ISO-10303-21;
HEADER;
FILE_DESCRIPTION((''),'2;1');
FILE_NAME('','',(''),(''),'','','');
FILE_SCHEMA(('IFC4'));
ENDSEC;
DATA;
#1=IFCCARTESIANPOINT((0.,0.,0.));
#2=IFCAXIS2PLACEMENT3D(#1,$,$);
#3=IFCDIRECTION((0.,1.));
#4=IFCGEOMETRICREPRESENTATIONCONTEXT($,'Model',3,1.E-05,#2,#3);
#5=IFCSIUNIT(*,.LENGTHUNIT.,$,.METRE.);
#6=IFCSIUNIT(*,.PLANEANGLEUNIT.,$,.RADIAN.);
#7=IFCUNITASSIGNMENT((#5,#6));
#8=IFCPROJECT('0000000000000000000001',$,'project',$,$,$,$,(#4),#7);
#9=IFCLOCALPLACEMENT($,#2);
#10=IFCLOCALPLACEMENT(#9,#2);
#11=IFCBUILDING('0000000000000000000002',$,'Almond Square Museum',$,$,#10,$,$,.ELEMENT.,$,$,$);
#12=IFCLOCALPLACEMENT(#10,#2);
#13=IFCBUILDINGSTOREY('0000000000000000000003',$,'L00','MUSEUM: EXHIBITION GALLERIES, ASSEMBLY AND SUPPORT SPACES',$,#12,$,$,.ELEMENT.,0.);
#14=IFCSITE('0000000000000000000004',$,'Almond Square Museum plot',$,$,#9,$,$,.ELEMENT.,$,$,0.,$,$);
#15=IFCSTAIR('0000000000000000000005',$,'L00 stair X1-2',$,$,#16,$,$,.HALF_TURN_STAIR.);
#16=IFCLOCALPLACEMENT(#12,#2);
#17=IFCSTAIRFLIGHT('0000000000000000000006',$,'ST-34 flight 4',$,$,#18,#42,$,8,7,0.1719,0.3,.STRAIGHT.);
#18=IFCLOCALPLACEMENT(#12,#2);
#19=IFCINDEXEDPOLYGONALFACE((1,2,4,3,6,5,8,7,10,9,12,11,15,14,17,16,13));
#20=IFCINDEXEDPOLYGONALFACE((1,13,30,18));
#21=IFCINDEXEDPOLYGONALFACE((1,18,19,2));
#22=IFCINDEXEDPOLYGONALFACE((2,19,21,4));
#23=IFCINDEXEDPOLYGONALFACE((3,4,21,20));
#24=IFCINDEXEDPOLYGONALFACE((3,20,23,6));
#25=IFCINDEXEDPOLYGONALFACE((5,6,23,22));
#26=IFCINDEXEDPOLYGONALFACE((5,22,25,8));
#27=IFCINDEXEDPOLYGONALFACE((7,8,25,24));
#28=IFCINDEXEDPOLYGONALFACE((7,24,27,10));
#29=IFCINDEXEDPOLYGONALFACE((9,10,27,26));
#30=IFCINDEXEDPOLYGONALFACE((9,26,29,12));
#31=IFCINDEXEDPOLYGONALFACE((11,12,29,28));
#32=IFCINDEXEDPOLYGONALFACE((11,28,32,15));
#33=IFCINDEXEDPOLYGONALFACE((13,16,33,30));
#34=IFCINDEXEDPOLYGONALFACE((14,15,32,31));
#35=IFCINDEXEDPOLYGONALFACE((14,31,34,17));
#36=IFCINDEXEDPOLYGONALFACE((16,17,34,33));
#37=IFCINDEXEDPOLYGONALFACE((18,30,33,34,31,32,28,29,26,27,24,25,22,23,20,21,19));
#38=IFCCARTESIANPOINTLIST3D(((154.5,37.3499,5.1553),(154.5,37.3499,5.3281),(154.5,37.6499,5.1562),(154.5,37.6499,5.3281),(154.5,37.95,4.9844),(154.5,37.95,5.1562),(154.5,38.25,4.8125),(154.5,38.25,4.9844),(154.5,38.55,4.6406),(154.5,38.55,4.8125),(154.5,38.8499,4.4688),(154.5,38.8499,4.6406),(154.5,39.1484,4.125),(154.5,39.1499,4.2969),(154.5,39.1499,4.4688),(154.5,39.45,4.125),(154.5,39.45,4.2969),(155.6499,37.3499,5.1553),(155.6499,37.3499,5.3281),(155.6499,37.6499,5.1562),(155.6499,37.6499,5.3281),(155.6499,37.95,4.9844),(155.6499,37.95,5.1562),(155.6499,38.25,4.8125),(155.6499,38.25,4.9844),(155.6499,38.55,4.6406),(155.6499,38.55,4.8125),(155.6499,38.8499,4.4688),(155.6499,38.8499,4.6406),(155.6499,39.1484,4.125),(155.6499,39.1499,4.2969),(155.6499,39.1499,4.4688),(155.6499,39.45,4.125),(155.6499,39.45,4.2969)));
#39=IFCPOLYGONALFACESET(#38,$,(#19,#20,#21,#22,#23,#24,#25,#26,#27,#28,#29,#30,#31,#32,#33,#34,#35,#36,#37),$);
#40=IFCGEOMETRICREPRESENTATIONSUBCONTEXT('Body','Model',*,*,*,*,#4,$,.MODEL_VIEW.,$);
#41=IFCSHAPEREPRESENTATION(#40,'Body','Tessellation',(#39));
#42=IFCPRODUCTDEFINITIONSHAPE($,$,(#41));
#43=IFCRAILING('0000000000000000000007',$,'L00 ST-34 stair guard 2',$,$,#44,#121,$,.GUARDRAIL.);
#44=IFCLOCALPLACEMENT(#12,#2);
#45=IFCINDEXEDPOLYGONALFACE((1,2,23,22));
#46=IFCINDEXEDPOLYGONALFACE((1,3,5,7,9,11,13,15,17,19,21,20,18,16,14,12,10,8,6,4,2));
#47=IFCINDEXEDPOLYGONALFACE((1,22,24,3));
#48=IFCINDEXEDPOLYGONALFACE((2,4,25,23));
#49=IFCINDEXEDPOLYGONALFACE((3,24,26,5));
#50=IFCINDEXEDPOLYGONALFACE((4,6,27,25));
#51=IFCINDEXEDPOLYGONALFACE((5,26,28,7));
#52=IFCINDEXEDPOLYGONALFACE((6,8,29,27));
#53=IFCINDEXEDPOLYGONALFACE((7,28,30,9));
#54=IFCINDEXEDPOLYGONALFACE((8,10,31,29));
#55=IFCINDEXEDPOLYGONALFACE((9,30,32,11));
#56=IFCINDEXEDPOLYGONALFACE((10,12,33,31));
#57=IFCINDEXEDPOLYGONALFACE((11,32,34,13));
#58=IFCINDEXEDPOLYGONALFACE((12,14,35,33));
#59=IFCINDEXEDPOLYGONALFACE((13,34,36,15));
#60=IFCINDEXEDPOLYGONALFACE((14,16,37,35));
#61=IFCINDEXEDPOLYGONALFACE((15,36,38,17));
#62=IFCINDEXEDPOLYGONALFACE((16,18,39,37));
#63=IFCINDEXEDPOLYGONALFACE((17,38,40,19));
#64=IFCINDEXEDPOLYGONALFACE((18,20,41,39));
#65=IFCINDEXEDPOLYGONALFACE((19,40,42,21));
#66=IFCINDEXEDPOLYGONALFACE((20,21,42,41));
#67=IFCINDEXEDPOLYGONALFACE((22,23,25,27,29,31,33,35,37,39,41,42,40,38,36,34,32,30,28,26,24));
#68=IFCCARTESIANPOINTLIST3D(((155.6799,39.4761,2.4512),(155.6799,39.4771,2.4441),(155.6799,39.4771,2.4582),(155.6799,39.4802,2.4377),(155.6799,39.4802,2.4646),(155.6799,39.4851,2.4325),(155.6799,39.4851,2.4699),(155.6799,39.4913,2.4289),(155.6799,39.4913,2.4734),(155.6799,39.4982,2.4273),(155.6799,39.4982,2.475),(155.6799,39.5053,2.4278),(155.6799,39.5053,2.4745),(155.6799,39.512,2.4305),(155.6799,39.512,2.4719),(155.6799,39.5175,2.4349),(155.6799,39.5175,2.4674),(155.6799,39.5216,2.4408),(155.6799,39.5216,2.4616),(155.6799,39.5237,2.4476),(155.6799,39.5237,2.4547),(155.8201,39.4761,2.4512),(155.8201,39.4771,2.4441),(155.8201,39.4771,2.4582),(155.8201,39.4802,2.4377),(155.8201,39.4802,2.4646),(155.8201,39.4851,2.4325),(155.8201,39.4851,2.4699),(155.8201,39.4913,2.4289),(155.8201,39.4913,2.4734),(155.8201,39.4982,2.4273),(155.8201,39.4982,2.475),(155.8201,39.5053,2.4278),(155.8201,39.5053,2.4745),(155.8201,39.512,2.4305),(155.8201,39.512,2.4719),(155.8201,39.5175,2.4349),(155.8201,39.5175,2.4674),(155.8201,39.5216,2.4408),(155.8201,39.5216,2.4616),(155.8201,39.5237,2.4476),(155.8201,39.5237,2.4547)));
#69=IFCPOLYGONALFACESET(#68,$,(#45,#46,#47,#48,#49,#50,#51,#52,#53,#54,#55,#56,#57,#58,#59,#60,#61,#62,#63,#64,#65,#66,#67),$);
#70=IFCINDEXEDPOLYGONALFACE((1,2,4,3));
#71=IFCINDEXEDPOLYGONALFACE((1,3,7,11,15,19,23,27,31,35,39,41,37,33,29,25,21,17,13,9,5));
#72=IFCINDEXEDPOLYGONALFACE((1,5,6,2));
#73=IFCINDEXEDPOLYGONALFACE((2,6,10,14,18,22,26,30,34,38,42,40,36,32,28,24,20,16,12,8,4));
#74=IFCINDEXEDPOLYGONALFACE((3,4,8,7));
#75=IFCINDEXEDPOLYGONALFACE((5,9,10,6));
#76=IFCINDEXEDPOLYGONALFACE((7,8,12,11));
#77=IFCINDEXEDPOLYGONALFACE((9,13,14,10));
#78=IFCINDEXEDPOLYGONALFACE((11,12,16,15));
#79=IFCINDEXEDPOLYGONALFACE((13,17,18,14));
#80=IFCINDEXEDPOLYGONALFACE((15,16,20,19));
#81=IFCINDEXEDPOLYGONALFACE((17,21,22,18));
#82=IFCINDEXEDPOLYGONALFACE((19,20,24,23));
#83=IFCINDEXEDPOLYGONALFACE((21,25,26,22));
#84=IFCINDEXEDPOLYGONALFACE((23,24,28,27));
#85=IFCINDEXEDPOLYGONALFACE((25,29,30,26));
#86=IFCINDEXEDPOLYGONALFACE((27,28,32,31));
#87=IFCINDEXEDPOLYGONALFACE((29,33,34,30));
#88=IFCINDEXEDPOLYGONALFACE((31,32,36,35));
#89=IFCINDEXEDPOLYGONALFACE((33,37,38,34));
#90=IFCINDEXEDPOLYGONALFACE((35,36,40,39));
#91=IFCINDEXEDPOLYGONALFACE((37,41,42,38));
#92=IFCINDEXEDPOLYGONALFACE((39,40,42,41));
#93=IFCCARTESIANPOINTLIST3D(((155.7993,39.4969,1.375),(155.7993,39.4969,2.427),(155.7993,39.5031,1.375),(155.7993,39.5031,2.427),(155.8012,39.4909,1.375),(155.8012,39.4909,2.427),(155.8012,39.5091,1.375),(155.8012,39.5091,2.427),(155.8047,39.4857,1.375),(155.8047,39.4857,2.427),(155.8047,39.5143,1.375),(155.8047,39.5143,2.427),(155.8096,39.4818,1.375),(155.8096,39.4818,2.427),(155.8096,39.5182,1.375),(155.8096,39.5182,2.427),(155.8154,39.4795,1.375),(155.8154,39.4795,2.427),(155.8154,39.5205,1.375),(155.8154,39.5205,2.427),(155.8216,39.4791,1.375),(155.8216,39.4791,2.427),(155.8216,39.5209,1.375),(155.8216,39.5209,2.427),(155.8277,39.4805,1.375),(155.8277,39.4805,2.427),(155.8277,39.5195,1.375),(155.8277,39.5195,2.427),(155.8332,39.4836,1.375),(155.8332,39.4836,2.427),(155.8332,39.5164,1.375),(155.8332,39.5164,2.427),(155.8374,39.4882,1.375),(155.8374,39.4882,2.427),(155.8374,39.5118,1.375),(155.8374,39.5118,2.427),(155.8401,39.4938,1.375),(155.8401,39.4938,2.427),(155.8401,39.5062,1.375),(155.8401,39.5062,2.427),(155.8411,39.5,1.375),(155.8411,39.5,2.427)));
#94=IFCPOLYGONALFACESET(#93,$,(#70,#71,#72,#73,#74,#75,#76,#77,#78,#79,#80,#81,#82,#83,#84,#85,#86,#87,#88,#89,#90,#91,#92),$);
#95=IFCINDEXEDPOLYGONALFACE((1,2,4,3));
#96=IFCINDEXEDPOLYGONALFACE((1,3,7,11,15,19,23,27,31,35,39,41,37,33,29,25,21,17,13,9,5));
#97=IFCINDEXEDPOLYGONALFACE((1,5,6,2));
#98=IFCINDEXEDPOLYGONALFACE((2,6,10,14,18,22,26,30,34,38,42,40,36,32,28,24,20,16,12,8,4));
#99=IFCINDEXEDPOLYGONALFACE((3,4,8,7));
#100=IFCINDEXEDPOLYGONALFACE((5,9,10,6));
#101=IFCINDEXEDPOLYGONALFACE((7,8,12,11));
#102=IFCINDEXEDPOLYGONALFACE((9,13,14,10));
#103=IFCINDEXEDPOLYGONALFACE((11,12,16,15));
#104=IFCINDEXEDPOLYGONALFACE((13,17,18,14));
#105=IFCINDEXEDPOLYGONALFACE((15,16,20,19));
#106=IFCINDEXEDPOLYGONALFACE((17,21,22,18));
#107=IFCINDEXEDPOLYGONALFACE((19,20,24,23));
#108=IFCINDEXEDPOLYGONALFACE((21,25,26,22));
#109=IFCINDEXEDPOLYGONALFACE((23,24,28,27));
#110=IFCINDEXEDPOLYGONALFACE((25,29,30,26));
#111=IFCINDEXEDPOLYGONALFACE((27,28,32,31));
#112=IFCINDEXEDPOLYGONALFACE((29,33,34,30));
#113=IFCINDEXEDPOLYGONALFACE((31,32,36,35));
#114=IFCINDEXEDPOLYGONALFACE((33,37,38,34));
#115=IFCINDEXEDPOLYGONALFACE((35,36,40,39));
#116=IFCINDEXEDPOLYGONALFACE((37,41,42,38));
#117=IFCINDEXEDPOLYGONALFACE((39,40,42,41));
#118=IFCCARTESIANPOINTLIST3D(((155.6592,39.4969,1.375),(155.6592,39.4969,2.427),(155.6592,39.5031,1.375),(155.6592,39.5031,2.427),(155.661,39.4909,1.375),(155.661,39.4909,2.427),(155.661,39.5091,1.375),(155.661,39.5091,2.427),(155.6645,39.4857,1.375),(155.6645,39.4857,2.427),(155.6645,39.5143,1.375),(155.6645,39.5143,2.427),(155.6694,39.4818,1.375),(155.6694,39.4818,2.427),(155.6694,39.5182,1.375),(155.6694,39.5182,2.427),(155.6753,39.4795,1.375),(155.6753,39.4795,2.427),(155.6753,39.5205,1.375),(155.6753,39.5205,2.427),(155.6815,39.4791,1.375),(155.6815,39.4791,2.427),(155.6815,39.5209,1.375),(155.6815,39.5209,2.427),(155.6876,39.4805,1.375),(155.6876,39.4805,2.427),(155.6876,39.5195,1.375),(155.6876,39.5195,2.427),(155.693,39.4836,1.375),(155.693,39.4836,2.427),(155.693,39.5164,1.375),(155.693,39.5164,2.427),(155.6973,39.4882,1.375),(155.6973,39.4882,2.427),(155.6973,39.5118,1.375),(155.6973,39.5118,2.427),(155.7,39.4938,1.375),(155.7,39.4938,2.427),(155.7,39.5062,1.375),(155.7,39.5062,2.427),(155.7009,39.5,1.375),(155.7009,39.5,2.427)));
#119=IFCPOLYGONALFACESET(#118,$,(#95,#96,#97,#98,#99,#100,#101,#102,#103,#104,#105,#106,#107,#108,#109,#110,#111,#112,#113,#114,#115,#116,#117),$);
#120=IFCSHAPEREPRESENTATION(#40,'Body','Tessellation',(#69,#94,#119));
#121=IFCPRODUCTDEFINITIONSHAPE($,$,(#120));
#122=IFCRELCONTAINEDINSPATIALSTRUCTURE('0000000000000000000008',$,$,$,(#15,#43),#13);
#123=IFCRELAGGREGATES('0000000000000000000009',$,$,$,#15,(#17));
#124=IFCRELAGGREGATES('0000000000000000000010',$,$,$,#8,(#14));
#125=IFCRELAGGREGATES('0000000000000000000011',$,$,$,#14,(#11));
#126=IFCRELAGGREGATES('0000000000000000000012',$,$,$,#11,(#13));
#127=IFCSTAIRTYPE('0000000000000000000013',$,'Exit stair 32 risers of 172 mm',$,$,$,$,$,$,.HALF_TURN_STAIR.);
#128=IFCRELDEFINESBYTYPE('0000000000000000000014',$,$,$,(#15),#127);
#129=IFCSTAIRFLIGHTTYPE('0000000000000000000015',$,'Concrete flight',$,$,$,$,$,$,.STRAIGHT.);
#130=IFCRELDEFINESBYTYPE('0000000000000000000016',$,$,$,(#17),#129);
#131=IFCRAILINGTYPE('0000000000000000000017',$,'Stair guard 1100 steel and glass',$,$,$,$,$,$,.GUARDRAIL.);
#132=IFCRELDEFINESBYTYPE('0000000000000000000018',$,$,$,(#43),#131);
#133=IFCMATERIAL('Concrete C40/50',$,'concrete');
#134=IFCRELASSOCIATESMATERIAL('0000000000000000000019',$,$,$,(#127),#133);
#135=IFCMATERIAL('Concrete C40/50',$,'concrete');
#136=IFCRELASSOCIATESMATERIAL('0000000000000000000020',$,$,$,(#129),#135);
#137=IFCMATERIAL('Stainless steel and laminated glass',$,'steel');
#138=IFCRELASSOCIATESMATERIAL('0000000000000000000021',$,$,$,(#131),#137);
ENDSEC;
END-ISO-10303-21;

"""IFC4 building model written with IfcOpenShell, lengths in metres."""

from ifc_helpers import new_model, si_unit, direction, frame, origin, origin_2d, place, context, subcontext, project, spatial, polyline, circle, outline, extrude, material, type_object, element, aggregate, save


model = new_model("IFC4")

# Units and contexts
model_context = context("Model", 3, precision=1e-05, world=origin(), true_north=direction((0.0, 1.0)))
body_context = subcontext(model_context, "Body", "Model", "MODEL_VIEW")
ifc_project = project(units=[si_unit("LENGTHUNIT", "METRE"), si_unit("PLANEANGLEUNIT", "RADIAN")], contexts=[model_context])

# Site, building, storey
site_placement = place(None, origin())
site = spatial("IfcSite", under=ifc_project, at=site_placement, Name="Almond Square Museum plot", CompositionType="ELEMENT", RefElevation=0.0)
building_placement = place(site_placement, origin())
building = spatial("IfcBuilding", under=site, at=building_placement, Name="Almond Square Museum", CompositionType="ELEMENT")
storey_placement = place(building_placement, origin())
storey = spatial("IfcBuildingStorey", under=building, at=storey_placement, Name="L00", Description="MUSEUM: EXHIBITION GALLERIES, ASSEMBLY AND SUPPORT SPACES", CompositionType="ELEMENT", Elevation=0.0)

# Stair, stair flight
ifc_material_1 = material(Name="Concrete C40/50", Category="concrete")
stair_type = type_object("IfcStairType", Name="Exit stair 32 risers of 172 mm", PredefinedType="HALF_TURN_STAIR", material=ifc_material_1)
stair_placement = place(storey_placement, origin())
stair = element("IfcStair", 1, at=stair_placement, inside=storey, type_object=stair_type, Name="L00 stair X1-2", PredefinedType="HALF_TURN_STAIR")
ifc_material_2 = material(Name="Concrete C40/50", Category="concrete")
stair_flight_type = type_object("IfcStairFlightType", Name="Concrete flight", PredefinedType="STRAIGHT", material=ifc_material_2)
stair_flight_1_placement = place(storey_placement, frame((155.075, 39.45, 4.125), z_axis=(0.0, 0.0, 1.0), x_axis=(0.0, -1.0, 0.0)))
stair_flight_1 = element("IfcStairFlight", 2, at=stair_flight_1_placement, type_object=stair_flight_type, Name="ST-34 flight 4", NumberOfRisers=8, NumberOfTreads=7, PredefinedType="STRAIGHT", RiserHeight=0.1719, TreadLength=0.3, context=body_context, shape_type="SweptSolid", body=[
    extrude(outline(polyline([(0.0, 0.0), (0.0, 0.1719), (0.3, 0.1719), (0.3, 0.3438), (0.6001, 0.3438), (0.6001, 0.5156), (0.8999, 0.5156), (0.8999, 0.6875), (1.2, 0.6875), (1.2, 0.8594), (1.5, 0.8594), (1.5, 1.0312), (1.8, 1.0312), (1.8, 1.2031), (2.1001, 1.2031), (2.1001, 1.375), (2.1001, 1.0303), (0.3015, 0.0), (0.0, 0.0)])), frame((0.0, 0.575, 0.0), z_axis=(0.0, -1.0, 0.0), x_axis=(1.0, 0.0, 0.0)), (0.0, 0.0, 1.0), 1.1499),
])
aggregate(stair, [stair_flight_1])

# Railing
ifc_material_3 = material(Name="Stainless steel and laminated glass", Category="steel")
railing_type_1 = type_object("IfcRailingType", Name="Stair guard 1100 steel and glass", PredefinedType="GUARDRAIL", material=ifc_material_3)
railing_1_placement = place(storey_placement, frame((155.8201, 39.5, 1.375)))
element("IfcRailing", 3, at=railing_1_placement, inside=storey, type_object=railing_type_1, Name="L00 ST-34 stair guard 2", PredefinedType="GUARDRAIL", context=body_context, shape_type="SweptSolid", body=[
    extrude(circle(Radius=0.0239, at=origin_2d()), frame((0.0, 0.0, 1.0762), z_axis=(-1.0, 0.0, 0.0), x_axis=(0.0, -1.0, 0.0)), (0.0, 0.0, 1.0), 0.1401),
    extrude(circle(Radius=0.021, at=origin_2d()), origin(), (0.0, 0.0, 1.0), 1.052),
    extrude(circle(Radius=0.021, at=origin_2d()), frame((-0.1401, 0.0, 0.0)), (0.0, 0.0, 1.0), 1.052),
])

save(model, "model.ifc")
